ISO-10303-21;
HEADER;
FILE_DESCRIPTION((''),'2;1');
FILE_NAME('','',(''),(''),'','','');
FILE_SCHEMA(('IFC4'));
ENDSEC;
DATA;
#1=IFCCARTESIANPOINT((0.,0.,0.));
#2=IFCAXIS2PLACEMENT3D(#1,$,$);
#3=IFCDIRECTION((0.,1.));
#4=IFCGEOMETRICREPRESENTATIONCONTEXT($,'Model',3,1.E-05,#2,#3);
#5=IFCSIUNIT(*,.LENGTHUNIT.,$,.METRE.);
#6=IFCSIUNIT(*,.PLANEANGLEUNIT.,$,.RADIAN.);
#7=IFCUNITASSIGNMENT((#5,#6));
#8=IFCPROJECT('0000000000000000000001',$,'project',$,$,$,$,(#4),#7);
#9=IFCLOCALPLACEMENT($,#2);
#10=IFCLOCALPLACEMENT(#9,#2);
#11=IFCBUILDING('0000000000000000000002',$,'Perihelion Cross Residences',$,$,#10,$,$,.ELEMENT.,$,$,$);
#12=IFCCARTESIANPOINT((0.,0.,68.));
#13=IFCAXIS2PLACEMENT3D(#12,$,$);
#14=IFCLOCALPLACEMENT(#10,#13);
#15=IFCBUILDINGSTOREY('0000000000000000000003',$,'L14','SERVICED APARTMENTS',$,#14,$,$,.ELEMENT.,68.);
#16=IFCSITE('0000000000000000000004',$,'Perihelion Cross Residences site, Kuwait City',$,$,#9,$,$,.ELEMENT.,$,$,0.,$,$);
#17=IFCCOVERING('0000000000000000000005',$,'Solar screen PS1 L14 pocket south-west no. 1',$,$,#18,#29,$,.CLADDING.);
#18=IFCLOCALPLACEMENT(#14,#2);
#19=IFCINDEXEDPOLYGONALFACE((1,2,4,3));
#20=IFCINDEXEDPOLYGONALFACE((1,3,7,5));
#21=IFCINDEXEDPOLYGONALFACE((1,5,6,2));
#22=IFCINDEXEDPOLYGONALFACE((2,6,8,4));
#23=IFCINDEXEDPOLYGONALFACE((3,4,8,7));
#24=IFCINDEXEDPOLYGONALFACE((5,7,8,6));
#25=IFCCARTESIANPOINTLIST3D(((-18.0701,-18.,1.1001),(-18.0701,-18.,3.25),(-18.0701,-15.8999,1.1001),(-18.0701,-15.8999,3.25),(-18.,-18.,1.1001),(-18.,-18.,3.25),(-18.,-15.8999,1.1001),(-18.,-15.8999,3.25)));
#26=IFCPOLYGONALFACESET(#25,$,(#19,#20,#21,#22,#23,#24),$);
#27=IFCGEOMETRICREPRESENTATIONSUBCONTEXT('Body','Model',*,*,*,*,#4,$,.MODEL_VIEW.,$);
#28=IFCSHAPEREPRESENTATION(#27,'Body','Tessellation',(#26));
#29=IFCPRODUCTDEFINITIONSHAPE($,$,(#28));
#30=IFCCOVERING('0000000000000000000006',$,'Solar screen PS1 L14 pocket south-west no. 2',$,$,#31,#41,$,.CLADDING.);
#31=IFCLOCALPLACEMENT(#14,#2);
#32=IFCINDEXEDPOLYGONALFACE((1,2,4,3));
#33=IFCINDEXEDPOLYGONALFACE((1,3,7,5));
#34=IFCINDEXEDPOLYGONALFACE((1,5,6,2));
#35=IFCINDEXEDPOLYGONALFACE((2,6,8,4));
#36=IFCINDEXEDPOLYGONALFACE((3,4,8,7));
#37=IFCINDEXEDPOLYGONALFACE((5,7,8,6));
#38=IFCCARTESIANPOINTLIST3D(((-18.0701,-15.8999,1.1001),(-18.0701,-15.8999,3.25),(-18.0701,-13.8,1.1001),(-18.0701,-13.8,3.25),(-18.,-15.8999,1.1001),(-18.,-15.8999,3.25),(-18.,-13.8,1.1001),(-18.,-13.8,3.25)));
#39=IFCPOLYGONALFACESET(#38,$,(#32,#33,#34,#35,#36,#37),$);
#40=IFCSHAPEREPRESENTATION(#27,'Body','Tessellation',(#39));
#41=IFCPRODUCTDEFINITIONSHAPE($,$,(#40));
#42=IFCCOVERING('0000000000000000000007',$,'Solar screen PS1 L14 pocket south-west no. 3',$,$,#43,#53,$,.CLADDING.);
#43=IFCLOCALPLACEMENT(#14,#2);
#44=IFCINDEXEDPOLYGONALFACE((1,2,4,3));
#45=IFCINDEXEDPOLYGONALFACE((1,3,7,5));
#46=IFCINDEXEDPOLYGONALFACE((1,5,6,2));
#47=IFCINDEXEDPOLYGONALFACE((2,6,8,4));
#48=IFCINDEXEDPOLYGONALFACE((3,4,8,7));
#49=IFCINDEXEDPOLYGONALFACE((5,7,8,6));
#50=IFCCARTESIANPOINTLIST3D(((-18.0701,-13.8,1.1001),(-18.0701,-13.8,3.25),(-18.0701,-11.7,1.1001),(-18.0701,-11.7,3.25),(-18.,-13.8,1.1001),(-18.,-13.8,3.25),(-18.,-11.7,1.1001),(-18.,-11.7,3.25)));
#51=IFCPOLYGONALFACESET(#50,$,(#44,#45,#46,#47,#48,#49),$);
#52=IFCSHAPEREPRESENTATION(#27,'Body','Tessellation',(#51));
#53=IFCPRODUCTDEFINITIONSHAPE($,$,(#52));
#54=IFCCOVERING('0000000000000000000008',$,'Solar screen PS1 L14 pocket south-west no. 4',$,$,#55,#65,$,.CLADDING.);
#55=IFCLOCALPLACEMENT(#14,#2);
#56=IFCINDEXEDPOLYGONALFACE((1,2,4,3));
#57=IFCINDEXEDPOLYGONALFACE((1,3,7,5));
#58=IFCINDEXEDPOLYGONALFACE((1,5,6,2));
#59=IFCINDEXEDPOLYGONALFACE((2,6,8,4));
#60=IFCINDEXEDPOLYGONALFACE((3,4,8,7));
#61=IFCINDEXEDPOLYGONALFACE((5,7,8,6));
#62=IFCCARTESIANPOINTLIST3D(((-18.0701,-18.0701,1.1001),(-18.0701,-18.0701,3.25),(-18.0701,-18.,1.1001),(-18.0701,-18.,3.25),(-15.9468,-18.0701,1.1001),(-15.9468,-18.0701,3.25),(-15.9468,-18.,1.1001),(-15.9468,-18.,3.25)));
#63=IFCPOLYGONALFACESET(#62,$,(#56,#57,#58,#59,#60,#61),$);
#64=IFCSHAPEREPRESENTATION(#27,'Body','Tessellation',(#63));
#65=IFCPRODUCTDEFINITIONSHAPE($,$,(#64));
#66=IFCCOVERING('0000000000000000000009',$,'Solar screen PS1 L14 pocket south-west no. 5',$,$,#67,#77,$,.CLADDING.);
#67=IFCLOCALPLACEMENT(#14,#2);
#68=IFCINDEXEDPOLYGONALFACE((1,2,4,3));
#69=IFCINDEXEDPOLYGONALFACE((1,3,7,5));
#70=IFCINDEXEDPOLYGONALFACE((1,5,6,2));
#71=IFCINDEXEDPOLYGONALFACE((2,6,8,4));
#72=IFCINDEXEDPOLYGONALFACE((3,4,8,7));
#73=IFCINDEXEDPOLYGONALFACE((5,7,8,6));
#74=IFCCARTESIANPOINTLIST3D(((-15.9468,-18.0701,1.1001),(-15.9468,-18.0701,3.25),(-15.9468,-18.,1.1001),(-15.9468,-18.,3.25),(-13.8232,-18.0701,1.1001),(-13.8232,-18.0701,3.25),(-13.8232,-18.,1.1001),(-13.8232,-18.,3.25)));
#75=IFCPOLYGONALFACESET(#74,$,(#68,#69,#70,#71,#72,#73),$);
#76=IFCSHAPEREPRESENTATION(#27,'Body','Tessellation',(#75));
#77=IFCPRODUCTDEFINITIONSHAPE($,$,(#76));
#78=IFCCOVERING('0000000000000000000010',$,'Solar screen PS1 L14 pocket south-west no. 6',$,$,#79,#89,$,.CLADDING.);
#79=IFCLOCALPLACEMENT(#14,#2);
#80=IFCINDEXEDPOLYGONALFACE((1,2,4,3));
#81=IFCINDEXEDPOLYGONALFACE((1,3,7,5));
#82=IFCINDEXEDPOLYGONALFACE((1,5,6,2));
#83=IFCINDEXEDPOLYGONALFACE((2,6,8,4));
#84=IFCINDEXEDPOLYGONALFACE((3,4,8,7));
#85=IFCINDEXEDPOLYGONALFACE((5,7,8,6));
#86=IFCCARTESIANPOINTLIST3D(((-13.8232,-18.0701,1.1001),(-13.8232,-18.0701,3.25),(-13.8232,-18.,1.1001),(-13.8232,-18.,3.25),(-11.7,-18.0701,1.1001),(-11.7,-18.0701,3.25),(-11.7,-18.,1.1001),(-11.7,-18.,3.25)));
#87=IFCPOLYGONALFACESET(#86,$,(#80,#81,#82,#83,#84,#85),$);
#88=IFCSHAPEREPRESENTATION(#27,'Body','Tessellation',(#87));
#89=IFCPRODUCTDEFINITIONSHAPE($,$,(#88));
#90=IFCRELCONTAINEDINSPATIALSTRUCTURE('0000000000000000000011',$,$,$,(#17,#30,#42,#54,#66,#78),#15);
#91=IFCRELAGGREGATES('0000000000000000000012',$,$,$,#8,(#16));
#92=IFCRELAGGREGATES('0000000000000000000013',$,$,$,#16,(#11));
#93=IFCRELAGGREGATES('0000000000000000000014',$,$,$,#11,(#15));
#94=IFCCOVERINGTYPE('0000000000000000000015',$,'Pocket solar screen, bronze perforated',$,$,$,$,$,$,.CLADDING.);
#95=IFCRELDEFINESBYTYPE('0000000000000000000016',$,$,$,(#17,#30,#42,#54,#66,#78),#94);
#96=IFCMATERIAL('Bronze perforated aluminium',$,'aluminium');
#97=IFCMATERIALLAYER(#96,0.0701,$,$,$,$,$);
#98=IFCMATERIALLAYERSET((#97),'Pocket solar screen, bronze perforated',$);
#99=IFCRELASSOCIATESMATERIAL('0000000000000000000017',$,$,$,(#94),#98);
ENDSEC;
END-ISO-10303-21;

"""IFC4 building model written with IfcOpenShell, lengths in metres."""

from ifc_helpers import new_model, si_unit, direction, frame, origin, place, context, subcontext, project, spatial, polyline, outline, extrude, material, layer, layer_set, type_object, element, save


model = new_model("IFC4")

# Units and contexts
model_context = context("Model", 3, precision=1e-05, world=origin(), true_north=direction((0.0, 1.0)))
body_context = subcontext(model_context, "Body", "Model", "MODEL_VIEW")
ifc_project = project(units=[si_unit("LENGTHUNIT", "METRE"), si_unit("PLANEANGLEUNIT", "RADIAN")], contexts=[model_context])

# Site, building, storey
site_placement = place(None, origin())
site = spatial("IfcSite", under=ifc_project, at=site_placement, Name="Perihelion Cross Residences site, Kuwait City", CompositionType="ELEMENT", RefElevation=0.0)
building_placement = place(site_placement, origin())
building = spatial("IfcBuilding", under=site, at=building_placement, Name="Perihelion Cross Residences", CompositionType="ELEMENT")
storey_placement = place(building_placement, frame((0.0, 0.0, 68.0)))
storey = spatial("IfcBuildingStorey", under=building, at=storey_placement, Name="L14", Description="SERVICED APARTMENTS", CompositionType="ELEMENT", Elevation=68.0)

# Coverings
ifc_material_1 = material(Name="Bronze perforated aluminium", Category="aluminium")
ifc_layer_1 = layer(ifc_material_1, 0.0701)
ifc_layer_set_1 = layer_set([ifc_layer_1], Name="Pocket solar screen, bronze perforated")
covering_type_1 = type_object("IfcCoveringType", Name="Pocket solar screen, bronze perforated", PredefinedType="CLADDING", material=ifc_layer_set_1)
covering_1_placement = place(storey_placement, frame((0.0, 0.0, 1.1001)))
element("IfcCovering", 1, at=covering_1_placement, inside=storey, type_object=covering_type_1, Name="Solar screen PS1 L14 pocket south-west no. 1", PredefinedType="CLADDING", context=body_context, shape_type="SweptSolid", body=[
    extrude(outline(polyline([(-18.0, -18.0), (-18.0, -15.8999), (-18.0701, -15.8999), (-18.0701, -18.0), (-18.0, -18.0)])), origin(), (0.0, 0.0, 1.0), 2.1499),
])
covering_2_placement = place(storey_placement, frame((0.0, 0.0, 1.1001)))
element("IfcCovering", 2, at=covering_2_placement, inside=storey, type_object=covering_type_1, Name="Solar screen PS1 L14 pocket south-west no. 2", PredefinedType="CLADDING", context=body_context, shape_type="SweptSolid", body=[
    extrude(outline(polyline([(-18.0, -15.8999), (-18.0, -13.8), (-18.0701, -13.8), (-18.0701, -15.8999), (-18.0, -15.8999)])), origin(), (0.0, 0.0, 1.0), 2.1499),
])
covering_3_placement = place(storey_placement, frame((0.0, 0.0, 1.1001)))
element("IfcCovering", 3, at=covering_3_placement, inside=storey, type_object=covering_type_1, Name="Solar screen PS1 L14 pocket south-west no. 3", PredefinedType="CLADDING", context=body_context, shape_type="SweptSolid", body=[
    extrude(outline(polyline([(-18.0, -13.8), (-18.0, -11.7), (-18.0701, -11.7), (-18.0701, -13.8), (-18.0, -13.8)])), origin(), (0.0, 0.0, 1.0), 2.1499),
])
covering_4_placement = place(storey_placement, frame((0.0, 0.0, 1.1001)))
element("IfcCovering", 4, at=covering_4_placement, inside=storey, type_object=covering_type_1, Name="Solar screen PS1 L14 pocket south-west no. 4", PredefinedType="CLADDING", context=body_context, shape_type="SweptSolid", body=[
    extrude(outline(polyline([(-15.9468, -18.0701), (-15.9468, -18.0), (-18.0701, -18.0), (-18.0701, -18.0701), (-15.9468, -18.0701)])), origin(), (0.0, 0.0, 1.0), 2.1499),
])
covering_5_placement = place(storey_placement, frame((0.0, 0.0, 1.1001)))
element("IfcCovering", 5, at=covering_5_placement, inside=storey, type_object=covering_type_1, Name="Solar screen PS1 L14 pocket south-west no. 5", PredefinedType="CLADDING", context=body_context, shape_type="SweptSolid", body=[
    extrude(outline(polyline([(-13.8232, -18.0701), (-13.8232, -18.0), (-15.9468, -18.0), (-15.9468, -18.0701), (-13.8232, -18.0701)])), origin(), (0.0, 0.0, 1.0), 2.1499),
])
covering_6_placement = place(storey_placement, frame((0.0, 0.0, 1.1001)))
element("IfcCovering", 6, at=covering_6_placement, inside=storey, type_object=covering_type_1, Name="Solar screen PS1 L14 pocket south-west no. 6", PredefinedType="CLADDING", context=body_context, shape_type="SweptSolid", body=[
    extrude(outline(polyline([(-11.7, -18.0701), (-11.7, -18.0), (-13.8232, -18.0), (-13.8232, -18.0701), (-11.7, -18.0701)])), origin(), (0.0, 0.0, 1.0), 2.1499),
])

save(model, "model.ifc")
